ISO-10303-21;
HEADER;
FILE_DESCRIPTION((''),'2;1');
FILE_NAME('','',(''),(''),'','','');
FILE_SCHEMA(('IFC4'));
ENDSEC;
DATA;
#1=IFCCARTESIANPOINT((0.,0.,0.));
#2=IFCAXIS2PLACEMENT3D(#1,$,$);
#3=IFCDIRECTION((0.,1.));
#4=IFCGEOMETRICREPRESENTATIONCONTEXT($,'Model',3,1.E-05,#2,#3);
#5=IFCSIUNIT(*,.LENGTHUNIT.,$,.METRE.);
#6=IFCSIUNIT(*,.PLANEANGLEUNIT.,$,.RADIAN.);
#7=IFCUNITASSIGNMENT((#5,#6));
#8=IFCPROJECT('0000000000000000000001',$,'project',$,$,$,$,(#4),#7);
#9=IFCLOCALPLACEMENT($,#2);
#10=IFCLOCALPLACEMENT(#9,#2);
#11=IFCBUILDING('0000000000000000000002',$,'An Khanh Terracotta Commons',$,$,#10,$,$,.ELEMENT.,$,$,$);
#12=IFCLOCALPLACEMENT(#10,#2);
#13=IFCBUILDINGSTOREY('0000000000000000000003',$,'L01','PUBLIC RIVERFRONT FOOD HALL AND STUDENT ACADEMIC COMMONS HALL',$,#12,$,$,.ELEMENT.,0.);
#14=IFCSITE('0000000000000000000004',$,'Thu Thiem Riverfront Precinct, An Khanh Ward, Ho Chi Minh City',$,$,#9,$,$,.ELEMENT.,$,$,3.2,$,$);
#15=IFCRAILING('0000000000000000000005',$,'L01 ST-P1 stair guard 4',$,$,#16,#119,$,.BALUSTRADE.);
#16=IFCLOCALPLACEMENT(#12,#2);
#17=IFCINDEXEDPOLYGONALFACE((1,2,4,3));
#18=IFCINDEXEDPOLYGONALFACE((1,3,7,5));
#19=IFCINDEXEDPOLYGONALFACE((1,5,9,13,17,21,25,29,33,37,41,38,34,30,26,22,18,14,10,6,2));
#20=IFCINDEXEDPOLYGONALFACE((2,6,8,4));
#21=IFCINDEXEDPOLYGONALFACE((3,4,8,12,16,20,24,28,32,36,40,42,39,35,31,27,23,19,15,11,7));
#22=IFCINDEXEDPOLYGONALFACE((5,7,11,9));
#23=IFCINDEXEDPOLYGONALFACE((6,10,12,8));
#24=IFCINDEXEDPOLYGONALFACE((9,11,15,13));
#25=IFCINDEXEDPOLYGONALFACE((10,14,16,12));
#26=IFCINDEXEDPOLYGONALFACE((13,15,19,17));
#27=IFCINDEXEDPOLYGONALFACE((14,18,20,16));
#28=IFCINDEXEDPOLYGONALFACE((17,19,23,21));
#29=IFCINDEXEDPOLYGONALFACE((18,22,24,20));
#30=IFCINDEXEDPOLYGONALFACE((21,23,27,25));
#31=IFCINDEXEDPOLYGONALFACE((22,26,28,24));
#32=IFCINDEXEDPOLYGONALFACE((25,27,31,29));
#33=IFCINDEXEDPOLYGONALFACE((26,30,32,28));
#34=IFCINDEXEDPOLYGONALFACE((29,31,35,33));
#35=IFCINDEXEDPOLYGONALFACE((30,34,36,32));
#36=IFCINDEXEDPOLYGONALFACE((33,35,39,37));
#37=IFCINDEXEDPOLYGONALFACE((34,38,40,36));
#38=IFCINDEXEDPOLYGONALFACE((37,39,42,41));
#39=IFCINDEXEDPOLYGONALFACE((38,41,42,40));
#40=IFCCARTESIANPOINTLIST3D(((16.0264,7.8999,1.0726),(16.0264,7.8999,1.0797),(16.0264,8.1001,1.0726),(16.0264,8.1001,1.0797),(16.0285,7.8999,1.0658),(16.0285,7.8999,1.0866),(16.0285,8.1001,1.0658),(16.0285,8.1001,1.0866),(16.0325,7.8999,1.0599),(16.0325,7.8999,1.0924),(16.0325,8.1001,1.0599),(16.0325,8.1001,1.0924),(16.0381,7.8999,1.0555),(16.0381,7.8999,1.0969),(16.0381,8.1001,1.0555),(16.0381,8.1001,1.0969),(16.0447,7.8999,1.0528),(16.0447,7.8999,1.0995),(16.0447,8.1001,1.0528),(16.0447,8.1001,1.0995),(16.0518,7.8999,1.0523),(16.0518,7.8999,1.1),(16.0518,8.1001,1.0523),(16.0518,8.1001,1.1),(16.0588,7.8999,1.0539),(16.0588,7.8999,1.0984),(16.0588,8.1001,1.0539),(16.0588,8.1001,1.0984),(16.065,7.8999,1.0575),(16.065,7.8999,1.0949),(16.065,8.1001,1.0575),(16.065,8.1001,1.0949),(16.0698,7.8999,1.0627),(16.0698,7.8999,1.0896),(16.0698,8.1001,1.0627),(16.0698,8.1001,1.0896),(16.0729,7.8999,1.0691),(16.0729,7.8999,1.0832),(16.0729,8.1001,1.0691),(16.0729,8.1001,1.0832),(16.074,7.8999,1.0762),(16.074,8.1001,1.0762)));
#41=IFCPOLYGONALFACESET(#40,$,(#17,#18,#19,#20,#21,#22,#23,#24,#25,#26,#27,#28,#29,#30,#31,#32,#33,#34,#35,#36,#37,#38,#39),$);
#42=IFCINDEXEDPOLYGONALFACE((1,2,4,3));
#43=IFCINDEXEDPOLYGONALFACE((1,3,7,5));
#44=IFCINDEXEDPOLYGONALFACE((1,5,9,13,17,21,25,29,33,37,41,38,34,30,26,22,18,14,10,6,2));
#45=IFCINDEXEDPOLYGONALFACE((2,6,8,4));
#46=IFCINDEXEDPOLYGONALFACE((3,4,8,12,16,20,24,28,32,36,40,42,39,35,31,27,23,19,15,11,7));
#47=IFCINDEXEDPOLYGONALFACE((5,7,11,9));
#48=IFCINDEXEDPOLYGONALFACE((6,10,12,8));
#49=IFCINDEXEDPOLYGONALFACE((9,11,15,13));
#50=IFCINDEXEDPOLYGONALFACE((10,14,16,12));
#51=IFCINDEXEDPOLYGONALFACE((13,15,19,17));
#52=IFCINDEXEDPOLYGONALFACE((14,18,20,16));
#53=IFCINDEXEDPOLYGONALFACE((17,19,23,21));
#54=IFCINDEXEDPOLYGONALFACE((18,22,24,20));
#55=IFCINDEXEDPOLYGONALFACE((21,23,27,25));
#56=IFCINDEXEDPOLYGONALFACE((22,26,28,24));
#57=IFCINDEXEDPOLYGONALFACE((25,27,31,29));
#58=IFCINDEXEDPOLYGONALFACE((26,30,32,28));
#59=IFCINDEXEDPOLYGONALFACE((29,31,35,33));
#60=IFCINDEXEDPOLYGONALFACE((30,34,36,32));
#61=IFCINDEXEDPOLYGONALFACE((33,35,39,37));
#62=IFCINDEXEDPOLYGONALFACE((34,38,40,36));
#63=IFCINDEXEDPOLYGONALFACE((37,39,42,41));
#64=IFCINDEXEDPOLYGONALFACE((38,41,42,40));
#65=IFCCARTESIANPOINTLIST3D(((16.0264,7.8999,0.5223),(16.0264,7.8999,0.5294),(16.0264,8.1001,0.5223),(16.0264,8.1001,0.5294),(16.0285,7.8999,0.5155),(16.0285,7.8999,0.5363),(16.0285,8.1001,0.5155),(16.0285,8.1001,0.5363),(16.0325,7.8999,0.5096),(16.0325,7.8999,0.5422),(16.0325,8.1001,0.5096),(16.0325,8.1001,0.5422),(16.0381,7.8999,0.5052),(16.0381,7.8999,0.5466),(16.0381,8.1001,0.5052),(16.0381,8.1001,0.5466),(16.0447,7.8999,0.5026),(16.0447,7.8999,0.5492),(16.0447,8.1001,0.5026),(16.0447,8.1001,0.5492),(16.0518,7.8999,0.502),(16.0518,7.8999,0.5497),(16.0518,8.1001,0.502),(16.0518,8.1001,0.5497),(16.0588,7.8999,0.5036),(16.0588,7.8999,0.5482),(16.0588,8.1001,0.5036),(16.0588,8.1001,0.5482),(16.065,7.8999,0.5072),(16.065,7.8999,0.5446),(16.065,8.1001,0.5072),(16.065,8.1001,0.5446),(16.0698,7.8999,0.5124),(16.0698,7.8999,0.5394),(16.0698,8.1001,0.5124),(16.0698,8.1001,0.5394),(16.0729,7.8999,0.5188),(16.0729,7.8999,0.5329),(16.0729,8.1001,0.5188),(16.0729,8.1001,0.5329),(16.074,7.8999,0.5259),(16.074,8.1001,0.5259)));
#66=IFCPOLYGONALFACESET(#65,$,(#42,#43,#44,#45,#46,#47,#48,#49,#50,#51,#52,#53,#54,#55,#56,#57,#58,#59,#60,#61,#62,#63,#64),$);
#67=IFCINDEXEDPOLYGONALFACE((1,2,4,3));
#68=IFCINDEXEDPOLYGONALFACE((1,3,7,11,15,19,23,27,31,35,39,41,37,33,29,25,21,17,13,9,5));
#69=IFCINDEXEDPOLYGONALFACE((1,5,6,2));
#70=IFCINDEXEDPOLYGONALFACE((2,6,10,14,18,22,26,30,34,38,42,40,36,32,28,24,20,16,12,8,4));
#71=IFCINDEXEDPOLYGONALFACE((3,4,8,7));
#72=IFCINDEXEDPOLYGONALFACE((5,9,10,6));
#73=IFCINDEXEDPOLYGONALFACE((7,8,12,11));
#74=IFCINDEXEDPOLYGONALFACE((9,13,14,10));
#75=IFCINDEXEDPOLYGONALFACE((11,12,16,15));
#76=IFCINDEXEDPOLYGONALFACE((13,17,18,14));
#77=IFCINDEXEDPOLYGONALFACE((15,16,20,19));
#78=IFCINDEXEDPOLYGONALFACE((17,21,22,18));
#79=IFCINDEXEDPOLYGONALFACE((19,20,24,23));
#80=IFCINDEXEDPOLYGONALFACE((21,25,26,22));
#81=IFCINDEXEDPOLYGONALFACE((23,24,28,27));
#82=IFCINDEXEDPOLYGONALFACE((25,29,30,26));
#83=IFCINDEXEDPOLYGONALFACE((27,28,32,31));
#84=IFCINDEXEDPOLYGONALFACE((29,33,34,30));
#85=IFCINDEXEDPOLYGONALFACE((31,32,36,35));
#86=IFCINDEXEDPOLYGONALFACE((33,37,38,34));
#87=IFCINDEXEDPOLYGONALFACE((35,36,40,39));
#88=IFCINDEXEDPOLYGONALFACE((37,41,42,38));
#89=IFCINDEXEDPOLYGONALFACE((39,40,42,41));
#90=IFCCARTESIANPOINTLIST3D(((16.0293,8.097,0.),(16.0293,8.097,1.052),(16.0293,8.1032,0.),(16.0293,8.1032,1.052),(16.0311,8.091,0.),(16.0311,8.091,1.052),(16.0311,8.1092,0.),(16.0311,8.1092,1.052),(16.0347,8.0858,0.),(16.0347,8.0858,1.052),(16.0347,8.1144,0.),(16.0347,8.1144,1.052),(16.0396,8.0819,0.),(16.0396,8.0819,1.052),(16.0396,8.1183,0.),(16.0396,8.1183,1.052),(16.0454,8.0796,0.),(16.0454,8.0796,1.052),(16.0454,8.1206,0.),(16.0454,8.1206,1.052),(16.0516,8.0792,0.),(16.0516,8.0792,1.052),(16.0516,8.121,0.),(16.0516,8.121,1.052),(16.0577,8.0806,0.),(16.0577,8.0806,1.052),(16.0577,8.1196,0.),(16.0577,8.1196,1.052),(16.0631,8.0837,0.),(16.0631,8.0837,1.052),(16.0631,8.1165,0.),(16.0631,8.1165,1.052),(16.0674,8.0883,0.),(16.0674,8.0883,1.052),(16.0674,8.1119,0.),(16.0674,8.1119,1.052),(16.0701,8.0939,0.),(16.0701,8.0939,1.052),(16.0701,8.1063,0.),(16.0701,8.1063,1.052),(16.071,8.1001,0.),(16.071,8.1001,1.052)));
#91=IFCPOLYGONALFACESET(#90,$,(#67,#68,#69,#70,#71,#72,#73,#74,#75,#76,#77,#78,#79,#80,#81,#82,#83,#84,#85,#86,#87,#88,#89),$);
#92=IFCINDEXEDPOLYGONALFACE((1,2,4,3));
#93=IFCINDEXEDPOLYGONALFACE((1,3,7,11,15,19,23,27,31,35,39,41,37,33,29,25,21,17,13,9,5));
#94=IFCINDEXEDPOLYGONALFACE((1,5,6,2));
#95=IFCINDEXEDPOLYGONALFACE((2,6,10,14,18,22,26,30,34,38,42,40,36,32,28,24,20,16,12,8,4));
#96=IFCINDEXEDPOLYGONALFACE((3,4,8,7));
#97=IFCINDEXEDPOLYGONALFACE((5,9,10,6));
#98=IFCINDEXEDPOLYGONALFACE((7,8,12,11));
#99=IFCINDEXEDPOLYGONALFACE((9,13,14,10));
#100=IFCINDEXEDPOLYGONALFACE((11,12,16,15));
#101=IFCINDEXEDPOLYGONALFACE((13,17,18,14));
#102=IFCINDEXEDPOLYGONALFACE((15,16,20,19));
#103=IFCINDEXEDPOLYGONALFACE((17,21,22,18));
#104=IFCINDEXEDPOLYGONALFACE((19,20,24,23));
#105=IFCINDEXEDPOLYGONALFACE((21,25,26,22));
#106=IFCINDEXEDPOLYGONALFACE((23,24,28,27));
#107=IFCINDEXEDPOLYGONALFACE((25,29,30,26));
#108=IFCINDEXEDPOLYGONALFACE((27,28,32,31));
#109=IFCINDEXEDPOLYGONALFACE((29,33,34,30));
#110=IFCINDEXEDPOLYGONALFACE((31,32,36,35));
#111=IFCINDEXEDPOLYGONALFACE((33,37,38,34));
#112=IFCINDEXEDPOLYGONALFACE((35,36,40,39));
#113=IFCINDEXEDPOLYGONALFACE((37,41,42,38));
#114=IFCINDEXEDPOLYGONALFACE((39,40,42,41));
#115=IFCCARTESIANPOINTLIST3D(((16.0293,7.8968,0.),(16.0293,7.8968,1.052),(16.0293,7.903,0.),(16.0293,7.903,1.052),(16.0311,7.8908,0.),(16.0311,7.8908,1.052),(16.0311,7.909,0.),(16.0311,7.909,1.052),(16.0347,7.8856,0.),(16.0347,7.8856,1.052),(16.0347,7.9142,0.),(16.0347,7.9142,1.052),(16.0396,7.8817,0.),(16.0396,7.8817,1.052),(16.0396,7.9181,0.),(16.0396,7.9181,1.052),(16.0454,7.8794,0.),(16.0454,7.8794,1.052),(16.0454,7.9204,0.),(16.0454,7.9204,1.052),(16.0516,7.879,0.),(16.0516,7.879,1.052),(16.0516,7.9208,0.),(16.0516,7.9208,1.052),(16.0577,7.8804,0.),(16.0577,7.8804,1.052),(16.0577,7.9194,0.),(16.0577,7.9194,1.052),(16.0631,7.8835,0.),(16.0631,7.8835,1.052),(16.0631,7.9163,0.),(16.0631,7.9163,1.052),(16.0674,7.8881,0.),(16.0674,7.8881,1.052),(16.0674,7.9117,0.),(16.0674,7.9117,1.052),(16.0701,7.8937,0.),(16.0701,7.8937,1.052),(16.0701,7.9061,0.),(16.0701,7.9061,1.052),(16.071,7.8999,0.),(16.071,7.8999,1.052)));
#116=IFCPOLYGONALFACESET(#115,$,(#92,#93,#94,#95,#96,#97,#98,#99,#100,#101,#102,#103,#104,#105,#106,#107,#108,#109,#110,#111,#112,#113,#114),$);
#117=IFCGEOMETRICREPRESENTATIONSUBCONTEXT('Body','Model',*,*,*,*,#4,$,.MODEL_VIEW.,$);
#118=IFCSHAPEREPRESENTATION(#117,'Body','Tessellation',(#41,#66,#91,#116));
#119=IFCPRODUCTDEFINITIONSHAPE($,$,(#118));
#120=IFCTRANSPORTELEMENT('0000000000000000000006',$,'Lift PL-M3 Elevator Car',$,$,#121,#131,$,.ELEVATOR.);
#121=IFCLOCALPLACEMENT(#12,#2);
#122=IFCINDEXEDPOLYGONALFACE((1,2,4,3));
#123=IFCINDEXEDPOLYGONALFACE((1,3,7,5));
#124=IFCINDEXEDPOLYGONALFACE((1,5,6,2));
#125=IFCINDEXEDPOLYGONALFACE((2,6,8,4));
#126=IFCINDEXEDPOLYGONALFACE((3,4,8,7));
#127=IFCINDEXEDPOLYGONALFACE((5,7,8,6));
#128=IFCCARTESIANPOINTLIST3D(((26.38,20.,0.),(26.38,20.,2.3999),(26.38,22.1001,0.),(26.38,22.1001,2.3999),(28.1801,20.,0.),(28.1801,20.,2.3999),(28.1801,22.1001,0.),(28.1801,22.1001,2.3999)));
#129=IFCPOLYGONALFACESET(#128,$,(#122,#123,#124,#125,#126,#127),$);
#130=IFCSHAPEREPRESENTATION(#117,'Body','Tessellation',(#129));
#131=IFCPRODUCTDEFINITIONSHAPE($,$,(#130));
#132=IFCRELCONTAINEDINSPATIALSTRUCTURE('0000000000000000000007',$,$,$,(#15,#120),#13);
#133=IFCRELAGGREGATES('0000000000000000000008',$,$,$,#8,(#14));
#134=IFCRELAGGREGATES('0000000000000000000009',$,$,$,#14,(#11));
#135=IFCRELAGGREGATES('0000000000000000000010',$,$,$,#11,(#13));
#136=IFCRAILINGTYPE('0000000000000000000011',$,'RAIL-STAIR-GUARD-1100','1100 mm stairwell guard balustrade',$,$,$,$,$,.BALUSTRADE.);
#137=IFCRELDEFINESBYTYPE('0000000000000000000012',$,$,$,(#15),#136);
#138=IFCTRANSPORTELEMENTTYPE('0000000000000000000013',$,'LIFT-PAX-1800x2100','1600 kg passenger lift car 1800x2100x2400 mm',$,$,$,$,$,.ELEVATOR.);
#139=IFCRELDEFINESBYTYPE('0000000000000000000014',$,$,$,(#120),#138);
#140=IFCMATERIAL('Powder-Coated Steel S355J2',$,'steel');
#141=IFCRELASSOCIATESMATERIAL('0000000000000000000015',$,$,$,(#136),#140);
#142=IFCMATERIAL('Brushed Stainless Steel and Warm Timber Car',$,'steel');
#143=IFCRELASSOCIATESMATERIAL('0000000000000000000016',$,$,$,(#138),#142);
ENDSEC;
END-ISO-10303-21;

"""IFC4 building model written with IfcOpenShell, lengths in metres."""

from ifc_helpers import new_model, si_unit, direction, frame, origin, origin_2d, place, context, subcontext, project, spatial, rectangle, circle, extrude, material, type_object, element, save


model = new_model("IFC4")

# Units and contexts
model_context = context("Model", 3, precision=1e-05, world=origin(), true_north=direction((0.0, 1.0)))
body_context = subcontext(model_context, "Body", "Model", "MODEL_VIEW")
ifc_project = project(units=[si_unit("LENGTHUNIT", "METRE"), si_unit("PLANEANGLEUNIT", "RADIAN")], contexts=[model_context])

# Site, building, storey
site_placement = place(None, origin())
site = spatial("IfcSite", under=ifc_project, at=site_placement, Name="Thu Thiem Riverfront Precinct, An Khanh Ward, Ho Chi Minh City", CompositionType="ELEMENT", RefElevation=3.2)
building_placement = place(site_placement, origin())
building = spatial("IfcBuilding", under=site, at=building_placement, Name="An Khanh Terracotta Commons", CompositionType="ELEMENT")
storey_placement = place(building_placement, origin())
storey = spatial("IfcBuildingStorey", under=building, at=storey_placement, Name="L01", Description="PUBLIC RIVERFRONT FOOD HALL AND STUDENT ACADEMIC COMMONS HALL", CompositionType="ELEMENT", Elevation=0.0)

# Railing
ifc_material_1 = material(Name="Powder-Coated Steel S355J2", Category="steel")
railing_type_1 = type_object("IfcRailingType", Name="RAIL-STAIR-GUARD-1100", Description="1100 mm stairwell guard balustrade", PredefinedType="BALUSTRADE", material=ifc_material_1)
railing_1_placement = place(storey_placement, frame((16.05, 8.1001, 0.0)))
element("IfcRailing", 1, at=railing_1_placement, inside=storey, type_object=railing_type_1, Name="L01 ST-P1 stair guard 4", PredefinedType="BALUSTRADE", context=body_context, shape_type="SweptSolid", body=[
    extrude(circle(Radius=0.0239, at=origin_2d()), frame((0.0, 0.0, 1.0762), z_axis=(0.0, -1.0, 0.0), x_axis=(1.0, 0.0, 0.0)), (0.0, 0.0, 1.0), 0.2002),
    extrude(circle(Radius=0.0239, at=origin_2d()), frame((0.0, 0.0, 0.5259), z_axis=(0.0, -1.0, 0.0), x_axis=(1.0, 0.0, 0.0)), (0.0, 0.0, 1.0), 0.2002),
    extrude(circle(Radius=0.021, at=origin_2d()), origin(), (0.0, 0.0, 1.0), 1.052),
    extrude(circle(Radius=0.021, at=origin_2d()), frame((0.0, -0.2002, 0.0)), (0.0, 0.0, 1.0), 1.052),
])

# Transport element
ifc_material_2 = material(Name="Brushed Stainless Steel and Warm Timber Car", Category="steel")
transport_element_type = type_object("IfcTransportElementType", Name="LIFT-PAX-1800x2100", Description="1600 kg passenger lift car 1800x2100x2400 mm", PredefinedType="ELEVATOR", material=ifc_material_2)
transport_element_placement = place(storey_placement, frame((27.28, 21.05, 0.0), z_axis=(0.0, 0.0, 1.0), x_axis=(1.0, 0.0, 0.0)))
element("IfcTransportElement", 2, at=transport_element_placement, inside=storey, type_object=transport_element_type, Name="Lift PL-M3 Elevator Car", PredefinedType="ELEVATOR", context=body_context, shape_type="SweptSolid", body=[
    extrude(rectangle(XDim=1.8, YDim=2.1001, at=origin_2d()), origin(), (0.0, 0.0, 1.0), 2.3999),
])

save(model, "model.ifc")
